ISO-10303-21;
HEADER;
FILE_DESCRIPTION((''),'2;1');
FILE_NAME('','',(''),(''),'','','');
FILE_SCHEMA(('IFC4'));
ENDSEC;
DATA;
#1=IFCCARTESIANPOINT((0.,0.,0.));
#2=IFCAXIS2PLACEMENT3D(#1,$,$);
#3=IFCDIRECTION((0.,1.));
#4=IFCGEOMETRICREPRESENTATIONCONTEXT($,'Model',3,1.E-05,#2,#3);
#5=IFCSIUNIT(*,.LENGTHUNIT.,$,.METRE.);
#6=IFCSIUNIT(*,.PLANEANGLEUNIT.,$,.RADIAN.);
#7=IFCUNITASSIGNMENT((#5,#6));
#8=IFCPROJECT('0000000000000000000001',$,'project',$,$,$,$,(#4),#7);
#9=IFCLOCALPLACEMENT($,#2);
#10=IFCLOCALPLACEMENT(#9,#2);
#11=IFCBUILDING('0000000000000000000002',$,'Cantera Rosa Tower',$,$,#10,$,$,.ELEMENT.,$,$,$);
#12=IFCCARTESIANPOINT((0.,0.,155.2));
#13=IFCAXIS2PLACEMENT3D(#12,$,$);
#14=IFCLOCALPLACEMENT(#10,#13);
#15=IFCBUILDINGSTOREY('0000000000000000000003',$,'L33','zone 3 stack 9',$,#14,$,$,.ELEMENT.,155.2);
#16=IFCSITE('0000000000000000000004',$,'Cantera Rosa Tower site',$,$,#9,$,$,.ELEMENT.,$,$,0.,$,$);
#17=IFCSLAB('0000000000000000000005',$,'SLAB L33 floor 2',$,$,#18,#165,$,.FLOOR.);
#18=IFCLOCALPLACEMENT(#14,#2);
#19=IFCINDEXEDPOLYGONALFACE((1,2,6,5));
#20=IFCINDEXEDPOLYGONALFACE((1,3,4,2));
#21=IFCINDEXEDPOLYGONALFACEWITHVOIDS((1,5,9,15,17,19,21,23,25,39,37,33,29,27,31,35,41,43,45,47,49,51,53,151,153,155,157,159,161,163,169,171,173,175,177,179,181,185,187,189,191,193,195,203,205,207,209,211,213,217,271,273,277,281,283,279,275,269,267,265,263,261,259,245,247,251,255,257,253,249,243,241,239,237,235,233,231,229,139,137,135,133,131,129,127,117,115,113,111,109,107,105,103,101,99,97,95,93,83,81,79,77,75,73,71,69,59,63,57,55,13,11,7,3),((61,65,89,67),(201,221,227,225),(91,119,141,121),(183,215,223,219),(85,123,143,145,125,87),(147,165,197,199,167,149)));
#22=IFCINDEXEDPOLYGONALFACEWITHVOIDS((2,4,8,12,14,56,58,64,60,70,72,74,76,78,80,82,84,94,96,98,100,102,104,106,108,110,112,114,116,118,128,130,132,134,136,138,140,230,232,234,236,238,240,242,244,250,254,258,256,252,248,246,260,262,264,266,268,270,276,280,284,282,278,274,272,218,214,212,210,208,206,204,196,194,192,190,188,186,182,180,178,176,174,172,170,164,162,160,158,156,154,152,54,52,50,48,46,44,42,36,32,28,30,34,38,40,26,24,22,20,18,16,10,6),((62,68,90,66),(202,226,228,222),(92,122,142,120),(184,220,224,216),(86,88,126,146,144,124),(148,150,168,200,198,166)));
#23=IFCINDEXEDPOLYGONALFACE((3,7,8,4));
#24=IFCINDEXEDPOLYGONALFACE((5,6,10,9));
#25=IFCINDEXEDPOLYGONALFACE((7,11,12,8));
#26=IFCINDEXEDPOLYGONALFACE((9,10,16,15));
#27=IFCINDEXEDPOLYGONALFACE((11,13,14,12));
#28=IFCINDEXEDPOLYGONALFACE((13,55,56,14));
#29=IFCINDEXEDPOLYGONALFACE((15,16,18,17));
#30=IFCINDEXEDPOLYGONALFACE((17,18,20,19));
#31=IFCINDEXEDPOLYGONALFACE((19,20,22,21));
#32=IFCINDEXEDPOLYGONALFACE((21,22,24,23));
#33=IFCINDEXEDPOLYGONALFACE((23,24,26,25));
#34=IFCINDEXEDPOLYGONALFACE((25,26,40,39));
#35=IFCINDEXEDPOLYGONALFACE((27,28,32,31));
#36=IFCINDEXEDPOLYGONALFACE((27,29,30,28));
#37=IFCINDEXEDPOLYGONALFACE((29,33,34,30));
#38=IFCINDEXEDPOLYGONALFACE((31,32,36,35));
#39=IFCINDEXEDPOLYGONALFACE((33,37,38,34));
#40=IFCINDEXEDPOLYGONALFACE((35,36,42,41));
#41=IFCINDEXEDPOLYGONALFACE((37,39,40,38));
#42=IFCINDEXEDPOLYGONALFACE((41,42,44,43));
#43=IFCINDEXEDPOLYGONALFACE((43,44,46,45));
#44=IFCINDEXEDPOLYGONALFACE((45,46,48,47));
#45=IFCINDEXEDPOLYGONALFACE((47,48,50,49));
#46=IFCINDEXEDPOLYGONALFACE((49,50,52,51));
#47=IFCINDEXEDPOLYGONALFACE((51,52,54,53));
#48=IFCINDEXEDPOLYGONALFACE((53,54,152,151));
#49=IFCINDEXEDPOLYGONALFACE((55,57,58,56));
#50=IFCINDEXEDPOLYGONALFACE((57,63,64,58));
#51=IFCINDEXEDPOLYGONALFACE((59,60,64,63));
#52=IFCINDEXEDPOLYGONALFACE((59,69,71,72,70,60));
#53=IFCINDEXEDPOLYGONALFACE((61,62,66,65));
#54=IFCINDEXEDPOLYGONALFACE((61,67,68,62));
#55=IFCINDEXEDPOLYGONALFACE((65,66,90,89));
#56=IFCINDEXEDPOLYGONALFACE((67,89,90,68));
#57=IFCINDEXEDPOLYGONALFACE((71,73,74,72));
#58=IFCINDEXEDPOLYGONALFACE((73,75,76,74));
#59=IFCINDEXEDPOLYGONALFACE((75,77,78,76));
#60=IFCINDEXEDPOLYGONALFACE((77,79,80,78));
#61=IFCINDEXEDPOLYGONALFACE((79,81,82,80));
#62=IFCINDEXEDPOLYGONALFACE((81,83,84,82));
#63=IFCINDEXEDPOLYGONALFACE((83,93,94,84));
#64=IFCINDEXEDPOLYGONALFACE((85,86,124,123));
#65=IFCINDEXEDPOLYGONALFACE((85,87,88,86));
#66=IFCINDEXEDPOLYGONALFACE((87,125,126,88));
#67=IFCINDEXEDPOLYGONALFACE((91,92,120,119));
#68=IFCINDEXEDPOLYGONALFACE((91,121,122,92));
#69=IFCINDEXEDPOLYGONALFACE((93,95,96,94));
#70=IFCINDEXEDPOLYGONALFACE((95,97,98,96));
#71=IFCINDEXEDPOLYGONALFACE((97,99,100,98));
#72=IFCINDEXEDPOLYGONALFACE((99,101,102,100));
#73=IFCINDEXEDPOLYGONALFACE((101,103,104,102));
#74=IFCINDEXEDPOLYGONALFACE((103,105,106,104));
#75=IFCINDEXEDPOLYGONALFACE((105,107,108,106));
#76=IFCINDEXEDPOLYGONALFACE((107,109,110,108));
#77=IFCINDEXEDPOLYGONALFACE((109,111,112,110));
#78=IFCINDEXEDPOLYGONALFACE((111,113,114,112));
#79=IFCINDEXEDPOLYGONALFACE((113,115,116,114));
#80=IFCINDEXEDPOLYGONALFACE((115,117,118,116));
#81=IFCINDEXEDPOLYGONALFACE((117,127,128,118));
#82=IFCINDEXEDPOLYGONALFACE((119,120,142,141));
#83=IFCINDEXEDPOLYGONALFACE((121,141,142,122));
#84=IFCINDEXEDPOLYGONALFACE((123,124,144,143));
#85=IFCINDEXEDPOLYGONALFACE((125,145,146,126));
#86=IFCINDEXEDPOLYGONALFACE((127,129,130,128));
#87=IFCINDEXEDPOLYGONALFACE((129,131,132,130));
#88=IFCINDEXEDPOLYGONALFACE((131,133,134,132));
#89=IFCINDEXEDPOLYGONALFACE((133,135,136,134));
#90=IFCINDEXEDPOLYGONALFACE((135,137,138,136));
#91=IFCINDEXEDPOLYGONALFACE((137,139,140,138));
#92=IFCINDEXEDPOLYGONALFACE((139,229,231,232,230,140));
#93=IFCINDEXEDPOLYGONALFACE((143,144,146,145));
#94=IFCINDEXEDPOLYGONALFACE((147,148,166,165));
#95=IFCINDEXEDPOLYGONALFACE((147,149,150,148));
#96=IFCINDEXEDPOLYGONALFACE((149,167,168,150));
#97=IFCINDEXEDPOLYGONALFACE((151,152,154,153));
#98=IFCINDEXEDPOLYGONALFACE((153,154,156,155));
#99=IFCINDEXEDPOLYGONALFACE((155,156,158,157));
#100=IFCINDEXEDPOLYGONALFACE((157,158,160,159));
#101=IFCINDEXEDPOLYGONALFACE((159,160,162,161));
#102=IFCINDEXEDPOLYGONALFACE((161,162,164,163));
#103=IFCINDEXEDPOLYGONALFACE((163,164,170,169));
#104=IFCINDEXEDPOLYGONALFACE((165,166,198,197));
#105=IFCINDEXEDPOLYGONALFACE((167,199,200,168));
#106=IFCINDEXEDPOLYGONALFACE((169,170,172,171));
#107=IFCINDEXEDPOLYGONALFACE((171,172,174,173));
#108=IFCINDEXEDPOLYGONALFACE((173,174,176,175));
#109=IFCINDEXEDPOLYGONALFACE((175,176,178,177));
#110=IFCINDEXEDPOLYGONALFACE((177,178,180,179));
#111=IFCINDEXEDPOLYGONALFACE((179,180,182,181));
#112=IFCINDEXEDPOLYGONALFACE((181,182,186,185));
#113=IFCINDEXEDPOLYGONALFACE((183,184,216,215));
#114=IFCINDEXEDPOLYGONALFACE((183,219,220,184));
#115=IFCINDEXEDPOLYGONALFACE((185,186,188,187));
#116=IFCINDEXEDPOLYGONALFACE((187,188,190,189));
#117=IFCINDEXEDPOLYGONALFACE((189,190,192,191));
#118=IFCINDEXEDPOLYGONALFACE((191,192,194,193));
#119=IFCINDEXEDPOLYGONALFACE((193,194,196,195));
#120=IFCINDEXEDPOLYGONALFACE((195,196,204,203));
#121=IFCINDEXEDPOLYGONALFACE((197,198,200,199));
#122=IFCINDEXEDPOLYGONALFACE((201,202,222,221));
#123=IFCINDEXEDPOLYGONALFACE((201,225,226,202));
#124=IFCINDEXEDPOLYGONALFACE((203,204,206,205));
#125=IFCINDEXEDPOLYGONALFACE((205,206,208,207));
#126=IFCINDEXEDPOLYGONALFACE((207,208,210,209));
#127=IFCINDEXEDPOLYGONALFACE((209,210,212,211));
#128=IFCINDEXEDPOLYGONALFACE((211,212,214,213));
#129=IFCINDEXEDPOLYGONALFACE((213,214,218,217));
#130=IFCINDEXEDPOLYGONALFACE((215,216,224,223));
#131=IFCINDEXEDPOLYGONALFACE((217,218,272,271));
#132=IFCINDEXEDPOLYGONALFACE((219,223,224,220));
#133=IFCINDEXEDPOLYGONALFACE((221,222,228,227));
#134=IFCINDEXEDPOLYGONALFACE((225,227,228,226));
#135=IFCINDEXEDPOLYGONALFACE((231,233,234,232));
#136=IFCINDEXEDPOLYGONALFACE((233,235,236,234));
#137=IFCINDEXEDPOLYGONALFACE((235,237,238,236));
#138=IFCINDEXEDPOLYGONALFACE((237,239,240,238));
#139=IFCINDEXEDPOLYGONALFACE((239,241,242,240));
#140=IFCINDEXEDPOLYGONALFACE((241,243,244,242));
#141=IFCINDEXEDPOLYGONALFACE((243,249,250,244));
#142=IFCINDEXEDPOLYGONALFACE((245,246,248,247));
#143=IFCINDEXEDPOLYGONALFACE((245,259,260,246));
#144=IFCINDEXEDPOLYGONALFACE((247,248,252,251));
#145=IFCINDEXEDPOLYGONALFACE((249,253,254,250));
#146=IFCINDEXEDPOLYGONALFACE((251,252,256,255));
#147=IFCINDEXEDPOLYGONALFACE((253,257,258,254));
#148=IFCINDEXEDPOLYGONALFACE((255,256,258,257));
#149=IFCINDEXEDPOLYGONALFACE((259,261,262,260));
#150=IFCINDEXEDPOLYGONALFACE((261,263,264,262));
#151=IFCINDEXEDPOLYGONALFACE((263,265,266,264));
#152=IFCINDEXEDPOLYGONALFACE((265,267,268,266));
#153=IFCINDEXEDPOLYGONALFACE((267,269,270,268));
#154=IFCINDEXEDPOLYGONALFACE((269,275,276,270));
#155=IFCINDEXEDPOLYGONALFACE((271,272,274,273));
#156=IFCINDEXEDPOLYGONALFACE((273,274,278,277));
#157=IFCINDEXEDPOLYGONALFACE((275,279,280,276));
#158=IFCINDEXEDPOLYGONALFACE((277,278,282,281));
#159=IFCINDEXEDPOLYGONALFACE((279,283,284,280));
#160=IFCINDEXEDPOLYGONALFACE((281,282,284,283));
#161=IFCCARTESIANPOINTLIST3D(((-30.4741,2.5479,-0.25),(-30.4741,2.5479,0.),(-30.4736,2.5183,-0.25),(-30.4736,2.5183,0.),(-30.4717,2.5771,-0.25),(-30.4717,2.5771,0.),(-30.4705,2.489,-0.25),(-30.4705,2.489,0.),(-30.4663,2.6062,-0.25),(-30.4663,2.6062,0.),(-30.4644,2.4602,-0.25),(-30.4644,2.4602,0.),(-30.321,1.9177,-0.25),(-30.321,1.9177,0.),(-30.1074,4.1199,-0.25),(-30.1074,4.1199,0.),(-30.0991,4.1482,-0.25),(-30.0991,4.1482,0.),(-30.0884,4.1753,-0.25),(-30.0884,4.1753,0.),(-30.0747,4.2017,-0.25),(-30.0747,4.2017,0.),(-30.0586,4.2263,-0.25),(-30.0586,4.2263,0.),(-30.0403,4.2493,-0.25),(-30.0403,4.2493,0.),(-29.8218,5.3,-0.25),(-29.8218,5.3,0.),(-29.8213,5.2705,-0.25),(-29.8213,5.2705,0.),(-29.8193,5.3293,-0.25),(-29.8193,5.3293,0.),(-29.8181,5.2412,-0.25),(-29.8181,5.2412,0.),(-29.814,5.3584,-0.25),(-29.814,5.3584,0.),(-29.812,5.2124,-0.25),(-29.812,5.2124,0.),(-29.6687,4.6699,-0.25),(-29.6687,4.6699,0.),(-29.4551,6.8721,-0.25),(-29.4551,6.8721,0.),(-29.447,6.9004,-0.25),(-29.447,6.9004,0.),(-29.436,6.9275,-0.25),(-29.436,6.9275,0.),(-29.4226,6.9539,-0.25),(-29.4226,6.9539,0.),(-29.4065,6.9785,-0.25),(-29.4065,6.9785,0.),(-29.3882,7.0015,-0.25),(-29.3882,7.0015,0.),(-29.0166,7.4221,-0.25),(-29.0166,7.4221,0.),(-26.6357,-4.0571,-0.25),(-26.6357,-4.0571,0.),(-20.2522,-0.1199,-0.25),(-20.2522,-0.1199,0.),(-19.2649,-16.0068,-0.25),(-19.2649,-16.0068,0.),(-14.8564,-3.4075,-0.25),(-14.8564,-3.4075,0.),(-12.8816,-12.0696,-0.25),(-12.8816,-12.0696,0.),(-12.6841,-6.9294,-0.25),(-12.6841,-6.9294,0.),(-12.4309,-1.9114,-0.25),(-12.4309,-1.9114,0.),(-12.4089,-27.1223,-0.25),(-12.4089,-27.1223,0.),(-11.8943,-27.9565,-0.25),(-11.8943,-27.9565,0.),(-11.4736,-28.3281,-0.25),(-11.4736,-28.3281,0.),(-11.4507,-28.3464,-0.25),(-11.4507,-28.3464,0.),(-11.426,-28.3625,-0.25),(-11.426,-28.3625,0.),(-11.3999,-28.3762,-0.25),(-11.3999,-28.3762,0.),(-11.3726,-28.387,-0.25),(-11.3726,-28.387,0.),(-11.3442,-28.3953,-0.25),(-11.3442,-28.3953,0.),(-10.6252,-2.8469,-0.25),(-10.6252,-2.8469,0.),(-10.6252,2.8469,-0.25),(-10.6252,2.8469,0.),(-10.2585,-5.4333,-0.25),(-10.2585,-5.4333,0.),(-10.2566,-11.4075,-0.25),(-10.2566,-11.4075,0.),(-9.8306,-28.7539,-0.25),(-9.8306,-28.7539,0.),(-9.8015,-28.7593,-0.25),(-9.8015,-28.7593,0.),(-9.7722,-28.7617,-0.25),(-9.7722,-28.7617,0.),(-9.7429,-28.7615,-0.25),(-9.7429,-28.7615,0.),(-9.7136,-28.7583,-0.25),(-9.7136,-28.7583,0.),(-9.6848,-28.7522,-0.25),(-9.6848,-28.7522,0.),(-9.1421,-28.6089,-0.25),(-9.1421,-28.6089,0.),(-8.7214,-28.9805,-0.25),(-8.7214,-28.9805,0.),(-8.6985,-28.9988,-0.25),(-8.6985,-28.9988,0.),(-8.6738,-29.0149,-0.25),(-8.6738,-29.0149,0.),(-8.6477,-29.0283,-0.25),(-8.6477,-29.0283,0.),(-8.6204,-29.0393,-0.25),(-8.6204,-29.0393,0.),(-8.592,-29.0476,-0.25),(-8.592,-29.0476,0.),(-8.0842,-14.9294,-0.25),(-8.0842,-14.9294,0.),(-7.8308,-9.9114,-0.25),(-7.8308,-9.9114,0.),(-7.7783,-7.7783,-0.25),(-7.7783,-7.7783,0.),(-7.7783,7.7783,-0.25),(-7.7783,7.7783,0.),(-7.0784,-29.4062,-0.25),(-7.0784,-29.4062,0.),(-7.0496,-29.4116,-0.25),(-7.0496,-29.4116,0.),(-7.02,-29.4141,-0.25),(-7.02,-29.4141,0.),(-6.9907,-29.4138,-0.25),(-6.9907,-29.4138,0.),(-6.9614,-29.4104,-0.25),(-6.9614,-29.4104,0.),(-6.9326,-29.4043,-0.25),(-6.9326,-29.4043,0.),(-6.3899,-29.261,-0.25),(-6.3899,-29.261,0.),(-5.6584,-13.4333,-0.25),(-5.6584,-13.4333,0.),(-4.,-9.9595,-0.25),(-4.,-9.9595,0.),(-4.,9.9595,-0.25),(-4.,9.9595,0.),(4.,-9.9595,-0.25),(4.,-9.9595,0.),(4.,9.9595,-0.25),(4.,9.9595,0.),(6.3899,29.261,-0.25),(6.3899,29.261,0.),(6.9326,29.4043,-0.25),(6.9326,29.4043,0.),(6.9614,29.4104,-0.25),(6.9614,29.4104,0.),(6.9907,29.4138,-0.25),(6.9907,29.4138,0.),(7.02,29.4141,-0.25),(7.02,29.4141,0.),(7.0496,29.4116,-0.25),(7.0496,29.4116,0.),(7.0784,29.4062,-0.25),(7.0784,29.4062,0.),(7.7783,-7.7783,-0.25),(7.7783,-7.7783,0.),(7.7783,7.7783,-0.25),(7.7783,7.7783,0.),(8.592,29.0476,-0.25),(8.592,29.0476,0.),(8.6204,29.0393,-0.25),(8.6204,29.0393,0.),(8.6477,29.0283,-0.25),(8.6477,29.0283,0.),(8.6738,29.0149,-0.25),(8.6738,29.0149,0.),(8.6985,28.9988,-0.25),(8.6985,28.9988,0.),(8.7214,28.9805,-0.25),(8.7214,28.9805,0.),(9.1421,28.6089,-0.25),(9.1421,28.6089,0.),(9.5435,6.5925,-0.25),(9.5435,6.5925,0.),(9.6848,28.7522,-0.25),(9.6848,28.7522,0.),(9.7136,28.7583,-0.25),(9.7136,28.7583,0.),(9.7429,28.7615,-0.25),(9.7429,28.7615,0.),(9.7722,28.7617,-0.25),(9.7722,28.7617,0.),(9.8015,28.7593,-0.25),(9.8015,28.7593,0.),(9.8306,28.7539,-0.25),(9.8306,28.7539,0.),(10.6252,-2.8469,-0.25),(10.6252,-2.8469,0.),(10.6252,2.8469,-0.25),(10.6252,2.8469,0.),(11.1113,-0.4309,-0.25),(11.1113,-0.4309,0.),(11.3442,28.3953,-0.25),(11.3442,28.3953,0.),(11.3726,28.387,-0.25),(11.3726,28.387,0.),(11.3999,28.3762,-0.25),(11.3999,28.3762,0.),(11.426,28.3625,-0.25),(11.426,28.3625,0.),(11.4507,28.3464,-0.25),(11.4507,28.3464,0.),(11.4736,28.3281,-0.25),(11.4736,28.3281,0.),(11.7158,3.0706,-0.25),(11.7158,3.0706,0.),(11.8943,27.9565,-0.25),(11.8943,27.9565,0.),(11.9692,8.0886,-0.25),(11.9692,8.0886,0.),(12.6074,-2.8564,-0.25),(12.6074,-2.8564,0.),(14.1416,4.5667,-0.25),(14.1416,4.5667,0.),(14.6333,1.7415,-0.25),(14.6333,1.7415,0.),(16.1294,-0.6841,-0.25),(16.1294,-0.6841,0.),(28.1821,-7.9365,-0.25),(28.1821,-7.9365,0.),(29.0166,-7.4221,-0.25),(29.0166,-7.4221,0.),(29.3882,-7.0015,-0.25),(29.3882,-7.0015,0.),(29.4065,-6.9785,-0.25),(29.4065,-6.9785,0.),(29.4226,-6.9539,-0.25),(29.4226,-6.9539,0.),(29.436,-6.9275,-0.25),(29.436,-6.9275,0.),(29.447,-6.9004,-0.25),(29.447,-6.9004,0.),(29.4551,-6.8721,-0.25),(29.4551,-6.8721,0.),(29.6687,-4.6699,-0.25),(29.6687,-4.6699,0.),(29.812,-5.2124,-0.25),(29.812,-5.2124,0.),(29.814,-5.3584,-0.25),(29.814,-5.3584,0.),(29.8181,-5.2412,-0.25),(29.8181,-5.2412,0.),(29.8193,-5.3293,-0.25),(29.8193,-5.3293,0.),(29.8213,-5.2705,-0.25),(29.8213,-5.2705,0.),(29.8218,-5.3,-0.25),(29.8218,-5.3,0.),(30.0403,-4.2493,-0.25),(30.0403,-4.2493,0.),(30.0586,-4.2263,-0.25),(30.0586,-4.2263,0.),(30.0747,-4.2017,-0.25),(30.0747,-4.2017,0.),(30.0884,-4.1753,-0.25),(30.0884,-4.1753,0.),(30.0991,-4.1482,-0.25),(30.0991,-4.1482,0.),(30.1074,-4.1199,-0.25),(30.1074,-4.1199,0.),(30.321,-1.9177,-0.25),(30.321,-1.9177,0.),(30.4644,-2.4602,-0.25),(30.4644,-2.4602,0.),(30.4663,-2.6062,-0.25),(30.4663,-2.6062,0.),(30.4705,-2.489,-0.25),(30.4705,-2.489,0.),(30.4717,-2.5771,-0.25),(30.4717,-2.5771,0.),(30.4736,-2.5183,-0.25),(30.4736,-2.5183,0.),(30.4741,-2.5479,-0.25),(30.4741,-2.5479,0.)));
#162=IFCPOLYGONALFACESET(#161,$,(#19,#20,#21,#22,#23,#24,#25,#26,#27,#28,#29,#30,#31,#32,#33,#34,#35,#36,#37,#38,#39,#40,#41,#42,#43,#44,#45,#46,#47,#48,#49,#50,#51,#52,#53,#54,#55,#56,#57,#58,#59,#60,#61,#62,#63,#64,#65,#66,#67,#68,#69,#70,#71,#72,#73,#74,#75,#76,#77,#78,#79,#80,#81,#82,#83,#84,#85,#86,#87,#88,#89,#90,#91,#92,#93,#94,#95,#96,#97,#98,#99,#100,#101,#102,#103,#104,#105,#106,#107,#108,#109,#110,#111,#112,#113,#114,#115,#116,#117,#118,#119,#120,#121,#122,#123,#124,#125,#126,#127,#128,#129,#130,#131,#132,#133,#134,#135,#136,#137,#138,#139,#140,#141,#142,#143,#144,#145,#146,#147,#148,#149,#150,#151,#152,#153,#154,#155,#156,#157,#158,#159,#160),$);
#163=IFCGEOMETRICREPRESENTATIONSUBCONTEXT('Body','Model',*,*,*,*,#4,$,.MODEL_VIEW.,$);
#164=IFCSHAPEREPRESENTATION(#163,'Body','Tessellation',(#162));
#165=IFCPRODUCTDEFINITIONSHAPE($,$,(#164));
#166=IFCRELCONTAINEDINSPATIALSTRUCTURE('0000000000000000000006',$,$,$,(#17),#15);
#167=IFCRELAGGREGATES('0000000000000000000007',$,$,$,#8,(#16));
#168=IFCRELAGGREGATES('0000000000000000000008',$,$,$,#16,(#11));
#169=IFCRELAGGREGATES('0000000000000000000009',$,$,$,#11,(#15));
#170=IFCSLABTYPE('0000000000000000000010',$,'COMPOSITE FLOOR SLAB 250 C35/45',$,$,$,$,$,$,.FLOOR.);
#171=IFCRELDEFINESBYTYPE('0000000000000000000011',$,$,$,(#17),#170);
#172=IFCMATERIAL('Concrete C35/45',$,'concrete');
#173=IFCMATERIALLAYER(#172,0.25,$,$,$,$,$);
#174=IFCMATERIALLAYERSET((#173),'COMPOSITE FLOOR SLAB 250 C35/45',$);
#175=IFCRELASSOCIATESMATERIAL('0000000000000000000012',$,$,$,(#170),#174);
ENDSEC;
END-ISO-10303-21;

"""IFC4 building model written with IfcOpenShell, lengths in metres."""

from ifc_helpers import new_model, si_unit, direction, frame, origin, place, context, subcontext, project, spatial, polyline, outline, extrude, material, layer, layer_set, type_object, element, save


model = new_model("IFC4")

# Units and contexts
model_context = context("Model", 3, precision=1e-05, world=origin(), true_north=direction((0.0, 1.0)))
body_context = subcontext(model_context, "Body", "Model", "MODEL_VIEW")
ifc_project = project(units=[si_unit("LENGTHUNIT", "METRE"), si_unit("PLANEANGLEUNIT", "RADIAN")], contexts=[model_context])

# Site, building, storey
site_placement = place(None, origin())
site = spatial("IfcSite", under=ifc_project, at=site_placement, Name="Cantera Rosa Tower site", CompositionType="ELEMENT", RefElevation=0.0)
building_placement = place(site_placement, origin())
building = spatial("IfcBuilding", under=site, at=building_placement, Name="Cantera Rosa Tower", CompositionType="ELEMENT")
storey_placement = place(building_placement, frame((0.0, 0.0, 155.2)))
storey = spatial("IfcBuildingStorey", under=building, at=storey_placement, Name="L33", Description="zone 3 stack 9", CompositionType="ELEMENT", Elevation=155.2)

# Slab
ifc_material_1 = material(Name="Concrete C35/45", Category="concrete")
ifc_layer_1 = layer(ifc_material_1, 0.25)
ifc_layer_set_1 = layer_set([ifc_layer_1], Name="COMPOSITE FLOOR SLAB 250 C35/45")
slab_type_1 = type_object("IfcSlabType", Name="COMPOSITE FLOOR SLAB 250 C35/45", PredefinedType="FLOOR", material=ifc_layer_set_1)
slab_1_placement = place(storey_placement, frame((0.0, 0.0, -0.25)))
element("IfcSlab", 1, at=slab_1_placement, inside=storey, type_object=slab_type_1, Name="SLAB L33 floor 2", PredefinedType="FLOOR", context=body_context, shape_type="SweptSolid", body=[
    extrude(outline(polyline([(-8.6477, -29.0283), (-8.6738, -29.0149), (-8.6985, -28.9988), (-8.7214, -28.9805), (-9.1421, -28.6089), (-9.6848, -28.7522), (-9.7136, -28.7583), (-9.7429, -28.7615), (-9.7722, -28.7617), (-9.8015, -28.7593), (-9.8306, -28.7539), (-11.3442, -28.3953), (-11.3726, -28.387), (-11.3999, -28.3762), (-11.426, -28.3625), (-11.4507, -28.3464), (-11.4736, -28.3281), (-11.8943, -27.9565), (-12.4089, -27.1223), (-19.2649, -16.0068), (-12.8816, -12.0696), (-20.2522, -0.1199), (-26.6357, -4.0571), (-30.321, 1.9177), (-30.4644, 2.4602), (-30.4705, 2.489), (-30.4736, 2.5183), (-30.4741, 2.5479), (-30.4717, 2.5771), (-30.4663, 2.6062), (-30.1074, 4.1199), (-30.0991, 4.1482), (-30.0884, 4.1753), (-30.0747, 4.2017), (-30.0586, 4.2263), (-30.0403, 4.2493), (-29.6687, 4.6699), (-29.812, 5.2124), (-29.8181, 5.2412), (-29.8213, 5.2705), (-29.8218, 5.3), (-29.8193, 5.3293), (-29.814, 5.3584), (-29.4551, 6.8721), (-29.447, 6.9004), (-29.436, 6.9275), (-29.4226, 6.9539), (-29.4065, 6.9785), (-29.3882, 7.0015), (-29.0166, 7.4221), (6.3899, 29.261), (6.9326, 29.4043), (6.9614, 29.4104), (6.9907, 29.4138), (7.02, 29.4141), (7.0496, 29.4116), (7.0784, 29.4062), (8.592, 29.0476), (8.6204, 29.0393), (8.6477, 29.0283), (8.6738, 29.0149), (8.6985, 28.9988), (8.7214, 28.9805), (9.1421, 28.6089), (9.6848, 28.7522), (9.7136, 28.7583), (9.7429, 28.7615), (9.7722, 28.7617), (9.8015, 28.7593), (9.8306, 28.7539), (11.3442, 28.3953), (11.3726, 28.387), (11.3999, 28.3762), (11.426, 28.3625), (11.4507, 28.3464), (11.4736, 28.3281), (11.8943, 27.9565), (30.321, -1.9177), (30.4644, -2.4602), (30.4705, -2.489), (30.4736, -2.5183), (30.4741, -2.5479), (30.4717, -2.5771), (30.4663, -2.6062), (30.1074, -4.1199), (30.0991, -4.1482), (30.0884, -4.1753), (30.0747, -4.2017), (30.0586, -4.2263), (30.0403, -4.2493), (29.6687, -4.6699), (29.812, -5.2124), (29.8181, -5.2412), (29.8213, -5.2705), (29.8218, -5.3), (29.8193, -5.3293), (29.814, -5.3584), (29.4551, -6.8721), (29.447, -6.9004), (29.436, -6.9275), (29.4226, -6.9539), (29.4065, -6.9785), (29.3882, -7.0015), (29.0166, -7.4221), (28.1821, -7.9365), (-6.3899, -29.261), (-6.9326, -29.4043), (-6.9614, -29.4104), (-6.9907, -29.4138), (-7.02, -29.4141), (-7.0496, -29.4116), (-7.0784, -29.4062), (-8.592, -29.0476), (-8.6204, -29.0393), (-8.6477, -29.0283)]), holes=[polyline([(-5.6584, -13.4333), (-7.8308, -9.9114), (-10.2566, -11.4075), (-8.0842, -14.9294), (-5.6584, -13.4333)]), polyline([(-10.2585, -5.4333), (-12.4309, -1.9114), (-14.8564, -3.4075), (-12.6841, -6.9294), (-10.2585, -5.4333)]), polyline([(-7.7783, 7.7783), (-10.6252, 2.8469), (-10.6252, -2.8469), (-7.7783, -7.7783), (-4.0, -9.9595), (-4.0, 9.9595), (-7.7783, 7.7783)]), polyline([(14.6333, 1.7415), (11.1113, -0.4309), (12.6074, -2.8564), (16.1294, -0.6841), (14.6333, 1.7415)]), polyline([(7.7783, -7.7783), (10.6252, -2.8469), (10.6252, 2.8469), (7.7783, 7.7783), (4.0, 9.9595), (4.0, -9.9595), (7.7783, -7.7783)]), polyline([(11.7158, 3.0706), (14.1416, 4.5667), (11.9692, 8.0886), (9.5435, 6.5925), (11.7158, 3.0706)])]), origin(), (0.0, 0.0, 1.0), 0.25),
])

save(model, "model.ifc")
